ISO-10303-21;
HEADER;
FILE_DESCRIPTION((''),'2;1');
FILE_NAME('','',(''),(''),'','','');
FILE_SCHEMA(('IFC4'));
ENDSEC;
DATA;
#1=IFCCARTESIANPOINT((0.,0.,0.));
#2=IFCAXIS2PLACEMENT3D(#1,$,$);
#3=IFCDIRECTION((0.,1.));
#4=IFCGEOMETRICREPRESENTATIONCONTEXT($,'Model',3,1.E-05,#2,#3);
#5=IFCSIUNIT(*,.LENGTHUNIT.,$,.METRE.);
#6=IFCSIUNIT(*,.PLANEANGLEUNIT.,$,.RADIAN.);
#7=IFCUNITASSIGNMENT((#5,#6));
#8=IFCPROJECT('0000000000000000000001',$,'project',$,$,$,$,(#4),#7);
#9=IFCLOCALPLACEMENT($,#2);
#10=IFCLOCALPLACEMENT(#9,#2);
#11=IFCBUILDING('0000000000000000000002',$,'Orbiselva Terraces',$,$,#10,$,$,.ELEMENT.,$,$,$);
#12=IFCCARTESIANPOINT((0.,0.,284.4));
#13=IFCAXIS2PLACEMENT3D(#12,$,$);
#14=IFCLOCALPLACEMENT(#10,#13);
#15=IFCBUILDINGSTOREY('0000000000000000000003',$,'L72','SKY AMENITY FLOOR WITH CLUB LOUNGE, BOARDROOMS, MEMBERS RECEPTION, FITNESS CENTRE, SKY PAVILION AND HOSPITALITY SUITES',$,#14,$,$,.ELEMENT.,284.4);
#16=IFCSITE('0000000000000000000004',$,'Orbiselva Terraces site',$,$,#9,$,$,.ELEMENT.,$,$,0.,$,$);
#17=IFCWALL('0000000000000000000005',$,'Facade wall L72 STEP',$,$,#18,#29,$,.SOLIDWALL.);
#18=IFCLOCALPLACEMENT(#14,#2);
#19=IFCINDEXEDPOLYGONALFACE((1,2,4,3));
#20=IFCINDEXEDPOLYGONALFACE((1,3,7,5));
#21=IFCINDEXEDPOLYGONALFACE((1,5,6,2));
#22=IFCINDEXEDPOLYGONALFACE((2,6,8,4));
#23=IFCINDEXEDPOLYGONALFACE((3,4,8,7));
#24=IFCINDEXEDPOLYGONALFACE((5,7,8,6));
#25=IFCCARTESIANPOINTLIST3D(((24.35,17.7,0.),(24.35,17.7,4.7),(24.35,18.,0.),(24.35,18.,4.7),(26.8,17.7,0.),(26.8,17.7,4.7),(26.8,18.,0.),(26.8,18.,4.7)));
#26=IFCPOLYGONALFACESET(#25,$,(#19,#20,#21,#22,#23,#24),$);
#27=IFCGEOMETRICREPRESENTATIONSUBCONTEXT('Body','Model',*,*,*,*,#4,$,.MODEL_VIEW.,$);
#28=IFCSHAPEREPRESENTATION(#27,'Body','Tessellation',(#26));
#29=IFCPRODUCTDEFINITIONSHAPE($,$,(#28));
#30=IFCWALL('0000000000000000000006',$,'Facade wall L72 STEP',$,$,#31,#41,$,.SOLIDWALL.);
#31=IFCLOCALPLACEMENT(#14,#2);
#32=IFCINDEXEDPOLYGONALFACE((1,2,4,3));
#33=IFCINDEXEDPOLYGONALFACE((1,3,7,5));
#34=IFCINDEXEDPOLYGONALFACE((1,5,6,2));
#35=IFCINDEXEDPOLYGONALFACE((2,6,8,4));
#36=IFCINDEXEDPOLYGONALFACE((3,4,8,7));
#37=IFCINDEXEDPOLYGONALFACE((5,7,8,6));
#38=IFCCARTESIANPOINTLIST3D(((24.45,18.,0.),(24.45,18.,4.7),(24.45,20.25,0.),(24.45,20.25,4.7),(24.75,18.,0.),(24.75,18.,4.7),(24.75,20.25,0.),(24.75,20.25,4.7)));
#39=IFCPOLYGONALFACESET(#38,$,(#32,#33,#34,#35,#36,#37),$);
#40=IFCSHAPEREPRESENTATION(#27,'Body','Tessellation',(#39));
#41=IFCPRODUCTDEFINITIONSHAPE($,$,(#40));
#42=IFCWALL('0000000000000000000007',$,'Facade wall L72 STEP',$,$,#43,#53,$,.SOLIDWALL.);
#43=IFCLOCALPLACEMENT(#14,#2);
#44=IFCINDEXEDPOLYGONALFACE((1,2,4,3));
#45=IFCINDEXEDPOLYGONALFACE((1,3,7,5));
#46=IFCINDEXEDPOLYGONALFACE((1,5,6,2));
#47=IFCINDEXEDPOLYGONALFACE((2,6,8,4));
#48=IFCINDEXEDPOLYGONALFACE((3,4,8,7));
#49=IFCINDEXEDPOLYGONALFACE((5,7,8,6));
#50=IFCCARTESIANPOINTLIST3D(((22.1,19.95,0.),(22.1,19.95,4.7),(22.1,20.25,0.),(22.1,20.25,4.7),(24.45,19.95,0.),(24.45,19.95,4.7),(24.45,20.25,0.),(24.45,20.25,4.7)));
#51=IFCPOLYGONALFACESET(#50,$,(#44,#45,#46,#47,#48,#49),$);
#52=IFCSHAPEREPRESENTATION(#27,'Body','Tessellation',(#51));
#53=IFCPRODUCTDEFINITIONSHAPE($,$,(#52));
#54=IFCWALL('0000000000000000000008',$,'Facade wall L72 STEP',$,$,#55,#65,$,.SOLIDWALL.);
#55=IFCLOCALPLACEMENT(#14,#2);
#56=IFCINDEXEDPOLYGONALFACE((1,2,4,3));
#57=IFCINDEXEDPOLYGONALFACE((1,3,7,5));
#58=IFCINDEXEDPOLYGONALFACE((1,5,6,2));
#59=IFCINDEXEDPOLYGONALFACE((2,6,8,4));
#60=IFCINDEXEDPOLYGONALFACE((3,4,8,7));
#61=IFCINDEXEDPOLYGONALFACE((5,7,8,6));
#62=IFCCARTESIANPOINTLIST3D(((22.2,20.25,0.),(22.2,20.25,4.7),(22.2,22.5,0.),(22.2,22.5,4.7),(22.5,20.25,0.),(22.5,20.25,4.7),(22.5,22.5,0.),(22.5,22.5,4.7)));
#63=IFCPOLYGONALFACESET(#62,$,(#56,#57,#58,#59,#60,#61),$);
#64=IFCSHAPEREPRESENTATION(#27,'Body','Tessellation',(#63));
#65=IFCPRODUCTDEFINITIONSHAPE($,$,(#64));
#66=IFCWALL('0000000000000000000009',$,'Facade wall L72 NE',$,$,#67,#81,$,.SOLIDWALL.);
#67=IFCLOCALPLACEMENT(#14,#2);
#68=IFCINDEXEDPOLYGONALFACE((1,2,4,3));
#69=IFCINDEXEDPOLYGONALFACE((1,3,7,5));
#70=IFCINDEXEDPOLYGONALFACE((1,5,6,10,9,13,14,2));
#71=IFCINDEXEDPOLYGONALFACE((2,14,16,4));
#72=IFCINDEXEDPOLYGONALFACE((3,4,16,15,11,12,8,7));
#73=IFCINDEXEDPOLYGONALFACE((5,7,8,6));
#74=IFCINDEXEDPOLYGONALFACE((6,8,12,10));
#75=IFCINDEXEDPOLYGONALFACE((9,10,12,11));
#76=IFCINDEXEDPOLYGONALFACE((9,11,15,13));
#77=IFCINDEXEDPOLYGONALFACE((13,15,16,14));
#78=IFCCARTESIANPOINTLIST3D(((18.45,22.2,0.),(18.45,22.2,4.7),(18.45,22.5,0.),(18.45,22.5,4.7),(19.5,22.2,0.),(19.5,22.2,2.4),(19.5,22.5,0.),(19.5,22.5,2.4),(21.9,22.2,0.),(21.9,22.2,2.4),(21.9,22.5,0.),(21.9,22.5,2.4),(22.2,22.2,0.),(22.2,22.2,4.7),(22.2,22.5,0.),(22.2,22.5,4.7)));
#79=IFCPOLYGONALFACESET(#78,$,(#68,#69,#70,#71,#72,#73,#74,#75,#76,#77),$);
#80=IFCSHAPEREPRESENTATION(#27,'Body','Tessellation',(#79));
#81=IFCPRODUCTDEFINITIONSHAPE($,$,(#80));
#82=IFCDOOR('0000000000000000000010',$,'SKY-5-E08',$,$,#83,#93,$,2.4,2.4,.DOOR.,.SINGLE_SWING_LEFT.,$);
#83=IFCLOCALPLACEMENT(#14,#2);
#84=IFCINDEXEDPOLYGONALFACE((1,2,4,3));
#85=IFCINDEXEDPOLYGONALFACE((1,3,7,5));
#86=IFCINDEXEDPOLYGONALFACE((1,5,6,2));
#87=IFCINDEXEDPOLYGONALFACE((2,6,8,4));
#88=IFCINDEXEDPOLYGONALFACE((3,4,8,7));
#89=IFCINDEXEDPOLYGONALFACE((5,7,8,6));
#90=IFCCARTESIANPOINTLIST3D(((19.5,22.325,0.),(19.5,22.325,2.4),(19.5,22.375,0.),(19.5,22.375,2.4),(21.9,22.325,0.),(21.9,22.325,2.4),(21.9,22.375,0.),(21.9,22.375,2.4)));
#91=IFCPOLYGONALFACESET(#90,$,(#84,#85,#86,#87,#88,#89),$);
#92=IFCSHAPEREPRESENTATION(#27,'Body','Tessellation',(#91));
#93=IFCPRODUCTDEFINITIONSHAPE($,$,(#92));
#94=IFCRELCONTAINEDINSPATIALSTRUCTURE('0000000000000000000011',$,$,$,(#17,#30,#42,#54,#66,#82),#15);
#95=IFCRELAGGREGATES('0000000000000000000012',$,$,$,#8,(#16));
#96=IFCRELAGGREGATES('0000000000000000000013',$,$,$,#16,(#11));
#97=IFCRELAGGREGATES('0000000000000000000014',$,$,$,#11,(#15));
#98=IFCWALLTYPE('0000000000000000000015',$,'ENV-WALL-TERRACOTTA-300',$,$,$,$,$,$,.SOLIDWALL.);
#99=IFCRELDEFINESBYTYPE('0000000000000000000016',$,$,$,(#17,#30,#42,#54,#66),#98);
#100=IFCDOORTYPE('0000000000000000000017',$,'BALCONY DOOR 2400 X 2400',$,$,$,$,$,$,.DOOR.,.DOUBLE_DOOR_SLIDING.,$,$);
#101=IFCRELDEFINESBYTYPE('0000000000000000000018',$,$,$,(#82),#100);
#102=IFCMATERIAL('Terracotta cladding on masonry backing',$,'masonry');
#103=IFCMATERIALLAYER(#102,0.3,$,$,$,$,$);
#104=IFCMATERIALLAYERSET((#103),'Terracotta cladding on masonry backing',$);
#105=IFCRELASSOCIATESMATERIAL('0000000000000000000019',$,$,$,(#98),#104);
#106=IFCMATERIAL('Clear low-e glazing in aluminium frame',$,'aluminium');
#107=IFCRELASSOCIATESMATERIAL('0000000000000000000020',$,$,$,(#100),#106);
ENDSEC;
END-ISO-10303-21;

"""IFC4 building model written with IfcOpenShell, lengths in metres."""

from ifc_helpers import new_model, si_unit, direction, frame, frame_2d, origin, place, context, subcontext, project, spatial, rectangle, extrude, material, layer, layer_set, type_object, element, fill, save


model = new_model("IFC4")

# Units and contexts
model_context = context("Model", 3, precision=1e-05, world=origin(), true_north=direction((0.0, 1.0)))
body_context = subcontext(model_context, "Body", "Model", "MODEL_VIEW")
ifc_project = project(units=[si_unit("LENGTHUNIT", "METRE"), si_unit("PLANEANGLEUNIT", "RADIAN")], contexts=[model_context])

# Site, building, storey
site_placement = place(None, origin())
site = spatial("IfcSite", under=ifc_project, at=site_placement, Name="Orbiselva Terraces site", CompositionType="ELEMENT", RefElevation=0.0)
building_placement = place(site_placement, origin())
building = spatial("IfcBuilding", under=site, at=building_placement, Name="Orbiselva Terraces", CompositionType="ELEMENT")
storey_placement = place(building_placement, frame((0.0, 0.0, 284.4)))
storey = spatial("IfcBuildingStorey", under=building, at=storey_placement, Name="L72", Description="SKY AMENITY FLOOR WITH CLUB LOUNGE, BOARDROOMS, MEMBERS RECEPTION, FITNESS CENTRE, SKY PAVILION AND HOSPITALITY SUITES", CompositionType="ELEMENT", Elevation=284.4)

# Shared definitions
ifc_material_1 = material(Name="Clear low-e glazing in aluminium frame", Category="aluminium")

# Walls
ifc_material_2 = material(Name="Terracotta cladding on masonry backing", Category="masonry")
ifc_layer_1 = layer(ifc_material_2, 0.3)
ifc_layer_set_1 = layer_set([ifc_layer_1], Name="Terracotta cladding on masonry backing")
wall_type = type_object("IfcWallType", Name="ENV-WALL-TERRACOTTA-300", PredefinedType="SOLIDWALL", material=ifc_layer_set_1)
wall_1_placement = place(storey_placement, frame((24.35, 17.85, 0.0), z_axis=(0.0, 0.0, 1.0), x_axis=(1.0, 0.0, 0.0)))
element("IfcWall", 1, at=wall_1_placement, inside=storey, type_object=wall_type, Name="Facade wall L72 STEP", PredefinedType="SOLIDWALL", context=body_context, shape_type="SweptSolid", body=[
    extrude(rectangle(XDim=2.45, YDim=0.3, at=frame_2d((1.225, 0.0))), origin(), (0.0, 0.0, 1.0), 4.7),
])
wall_2_placement = place(storey_placement, frame((24.6, 20.25, 0.0), z_axis=(0.0, 0.0, 1.0), x_axis=(0.0, -1.0, 0.0)))
element("IfcWall", 2, at=wall_2_placement, inside=storey, type_object=wall_type, Name="Facade wall L72 STEP", PredefinedType="SOLIDWALL", context=body_context, shape_type="SweptSolid", body=[
    extrude(rectangle(XDim=2.25, YDim=0.3, at=frame_2d((1.125, 0.0))), origin(), (0.0, 0.0, 1.0), 4.7),
])
wall_3_placement = place(storey_placement, frame((22.1, 20.1, 0.0), z_axis=(0.0, 0.0, 1.0), x_axis=(1.0, 0.0, 0.0)))
element("IfcWall", 3, at=wall_3_placement, inside=storey, type_object=wall_type, Name="Facade wall L72 STEP", PredefinedType="SOLIDWALL", context=body_context, shape_type="SweptSolid", body=[
    extrude(rectangle(XDim=2.35, YDim=0.3, at=frame_2d((1.175, 0.0))), origin(), (0.0, 0.0, 1.0), 4.7),
])
wall_4_placement = place(storey_placement, frame((22.35, 22.5, 0.0), z_axis=(0.0, 0.0, 1.0), x_axis=(0.0, -1.0, 0.0)))
element("IfcWall", 4, at=wall_4_placement, inside=storey, type_object=wall_type, Name="Facade wall L72 STEP", PredefinedType="SOLIDWALL", context=body_context, shape_type="SweptSolid", body=[
    extrude(rectangle(XDim=2.25, YDim=0.3, at=frame_2d((1.125, 0.0))), origin(), (0.0, 0.0, 1.0), 4.7),
])

# Wall, opening, door
wall_5_placement = place(storey_placement, frame((18.45, 22.35, 0.0), z_axis=(0.0, 0.0, 1.0), x_axis=(1.0, 0.0, 0.0)))
wall_5 = element("IfcWall", 5, at=wall_5_placement, inside=storey, type_object=wall_type, Name="Facade wall L72 NE", PredefinedType="SOLIDWALL", context=body_context, shape_type="SweptSolid", body=[
    extrude(rectangle(XDim=3.75, YDim=0.3, at=frame_2d((1.875, 0.0))), origin(), (0.0, 0.0, 1.0), 4.7),
])
opening_placement = place(wall_5_placement, frame((1.05, 0.0, 0.0)))
opening = element("IfcOpeningElement", 6, at=opening_placement, cuts=wall_5, PredefinedType="OPENING", context=body_context, shape_type="SweptSolid", body=[
    extrude(rectangle(XDim=2.4, YDim=2.4, at=frame_2d((1.2, 1.2))), frame((0.0, 0.16, 0.0), z_axis=(0.0, -1.0, 0.0), x_axis=(1.0, 0.0, 0.0)), (0.0, 0.0, 1.0), 0.32),
])
door_type = type_object("IfcDoorType", Name="BALCONY DOOR 2400 X 2400", OperationType="DOUBLE_DOOR_SLIDING", PredefinedType="DOOR", material=ifc_material_1)
door_placement = place(opening_placement, origin())
door = element("IfcDoor", 7, at=door_placement, inside=storey, type_object=door_type, Name="SKY-5-E08", OperationType="SINGLE_SWING_LEFT", OverallHeight=2.4, OverallWidth=2.4, PredefinedType="DOOR", context=body_context, shape_type="SweptSolid", body=[
    extrude(rectangle(XDim=2.4, YDim=2.4, at=frame_2d((1.2, 1.2))), frame((0.0, 0.025, 0.0), z_axis=(0.0, -1.0, 0.0), x_axis=(1.0, 0.0, 0.0)), (0.0, 0.0, 1.0), 0.05),
])
fill(opening, door)

save(model, "model.ifc")
